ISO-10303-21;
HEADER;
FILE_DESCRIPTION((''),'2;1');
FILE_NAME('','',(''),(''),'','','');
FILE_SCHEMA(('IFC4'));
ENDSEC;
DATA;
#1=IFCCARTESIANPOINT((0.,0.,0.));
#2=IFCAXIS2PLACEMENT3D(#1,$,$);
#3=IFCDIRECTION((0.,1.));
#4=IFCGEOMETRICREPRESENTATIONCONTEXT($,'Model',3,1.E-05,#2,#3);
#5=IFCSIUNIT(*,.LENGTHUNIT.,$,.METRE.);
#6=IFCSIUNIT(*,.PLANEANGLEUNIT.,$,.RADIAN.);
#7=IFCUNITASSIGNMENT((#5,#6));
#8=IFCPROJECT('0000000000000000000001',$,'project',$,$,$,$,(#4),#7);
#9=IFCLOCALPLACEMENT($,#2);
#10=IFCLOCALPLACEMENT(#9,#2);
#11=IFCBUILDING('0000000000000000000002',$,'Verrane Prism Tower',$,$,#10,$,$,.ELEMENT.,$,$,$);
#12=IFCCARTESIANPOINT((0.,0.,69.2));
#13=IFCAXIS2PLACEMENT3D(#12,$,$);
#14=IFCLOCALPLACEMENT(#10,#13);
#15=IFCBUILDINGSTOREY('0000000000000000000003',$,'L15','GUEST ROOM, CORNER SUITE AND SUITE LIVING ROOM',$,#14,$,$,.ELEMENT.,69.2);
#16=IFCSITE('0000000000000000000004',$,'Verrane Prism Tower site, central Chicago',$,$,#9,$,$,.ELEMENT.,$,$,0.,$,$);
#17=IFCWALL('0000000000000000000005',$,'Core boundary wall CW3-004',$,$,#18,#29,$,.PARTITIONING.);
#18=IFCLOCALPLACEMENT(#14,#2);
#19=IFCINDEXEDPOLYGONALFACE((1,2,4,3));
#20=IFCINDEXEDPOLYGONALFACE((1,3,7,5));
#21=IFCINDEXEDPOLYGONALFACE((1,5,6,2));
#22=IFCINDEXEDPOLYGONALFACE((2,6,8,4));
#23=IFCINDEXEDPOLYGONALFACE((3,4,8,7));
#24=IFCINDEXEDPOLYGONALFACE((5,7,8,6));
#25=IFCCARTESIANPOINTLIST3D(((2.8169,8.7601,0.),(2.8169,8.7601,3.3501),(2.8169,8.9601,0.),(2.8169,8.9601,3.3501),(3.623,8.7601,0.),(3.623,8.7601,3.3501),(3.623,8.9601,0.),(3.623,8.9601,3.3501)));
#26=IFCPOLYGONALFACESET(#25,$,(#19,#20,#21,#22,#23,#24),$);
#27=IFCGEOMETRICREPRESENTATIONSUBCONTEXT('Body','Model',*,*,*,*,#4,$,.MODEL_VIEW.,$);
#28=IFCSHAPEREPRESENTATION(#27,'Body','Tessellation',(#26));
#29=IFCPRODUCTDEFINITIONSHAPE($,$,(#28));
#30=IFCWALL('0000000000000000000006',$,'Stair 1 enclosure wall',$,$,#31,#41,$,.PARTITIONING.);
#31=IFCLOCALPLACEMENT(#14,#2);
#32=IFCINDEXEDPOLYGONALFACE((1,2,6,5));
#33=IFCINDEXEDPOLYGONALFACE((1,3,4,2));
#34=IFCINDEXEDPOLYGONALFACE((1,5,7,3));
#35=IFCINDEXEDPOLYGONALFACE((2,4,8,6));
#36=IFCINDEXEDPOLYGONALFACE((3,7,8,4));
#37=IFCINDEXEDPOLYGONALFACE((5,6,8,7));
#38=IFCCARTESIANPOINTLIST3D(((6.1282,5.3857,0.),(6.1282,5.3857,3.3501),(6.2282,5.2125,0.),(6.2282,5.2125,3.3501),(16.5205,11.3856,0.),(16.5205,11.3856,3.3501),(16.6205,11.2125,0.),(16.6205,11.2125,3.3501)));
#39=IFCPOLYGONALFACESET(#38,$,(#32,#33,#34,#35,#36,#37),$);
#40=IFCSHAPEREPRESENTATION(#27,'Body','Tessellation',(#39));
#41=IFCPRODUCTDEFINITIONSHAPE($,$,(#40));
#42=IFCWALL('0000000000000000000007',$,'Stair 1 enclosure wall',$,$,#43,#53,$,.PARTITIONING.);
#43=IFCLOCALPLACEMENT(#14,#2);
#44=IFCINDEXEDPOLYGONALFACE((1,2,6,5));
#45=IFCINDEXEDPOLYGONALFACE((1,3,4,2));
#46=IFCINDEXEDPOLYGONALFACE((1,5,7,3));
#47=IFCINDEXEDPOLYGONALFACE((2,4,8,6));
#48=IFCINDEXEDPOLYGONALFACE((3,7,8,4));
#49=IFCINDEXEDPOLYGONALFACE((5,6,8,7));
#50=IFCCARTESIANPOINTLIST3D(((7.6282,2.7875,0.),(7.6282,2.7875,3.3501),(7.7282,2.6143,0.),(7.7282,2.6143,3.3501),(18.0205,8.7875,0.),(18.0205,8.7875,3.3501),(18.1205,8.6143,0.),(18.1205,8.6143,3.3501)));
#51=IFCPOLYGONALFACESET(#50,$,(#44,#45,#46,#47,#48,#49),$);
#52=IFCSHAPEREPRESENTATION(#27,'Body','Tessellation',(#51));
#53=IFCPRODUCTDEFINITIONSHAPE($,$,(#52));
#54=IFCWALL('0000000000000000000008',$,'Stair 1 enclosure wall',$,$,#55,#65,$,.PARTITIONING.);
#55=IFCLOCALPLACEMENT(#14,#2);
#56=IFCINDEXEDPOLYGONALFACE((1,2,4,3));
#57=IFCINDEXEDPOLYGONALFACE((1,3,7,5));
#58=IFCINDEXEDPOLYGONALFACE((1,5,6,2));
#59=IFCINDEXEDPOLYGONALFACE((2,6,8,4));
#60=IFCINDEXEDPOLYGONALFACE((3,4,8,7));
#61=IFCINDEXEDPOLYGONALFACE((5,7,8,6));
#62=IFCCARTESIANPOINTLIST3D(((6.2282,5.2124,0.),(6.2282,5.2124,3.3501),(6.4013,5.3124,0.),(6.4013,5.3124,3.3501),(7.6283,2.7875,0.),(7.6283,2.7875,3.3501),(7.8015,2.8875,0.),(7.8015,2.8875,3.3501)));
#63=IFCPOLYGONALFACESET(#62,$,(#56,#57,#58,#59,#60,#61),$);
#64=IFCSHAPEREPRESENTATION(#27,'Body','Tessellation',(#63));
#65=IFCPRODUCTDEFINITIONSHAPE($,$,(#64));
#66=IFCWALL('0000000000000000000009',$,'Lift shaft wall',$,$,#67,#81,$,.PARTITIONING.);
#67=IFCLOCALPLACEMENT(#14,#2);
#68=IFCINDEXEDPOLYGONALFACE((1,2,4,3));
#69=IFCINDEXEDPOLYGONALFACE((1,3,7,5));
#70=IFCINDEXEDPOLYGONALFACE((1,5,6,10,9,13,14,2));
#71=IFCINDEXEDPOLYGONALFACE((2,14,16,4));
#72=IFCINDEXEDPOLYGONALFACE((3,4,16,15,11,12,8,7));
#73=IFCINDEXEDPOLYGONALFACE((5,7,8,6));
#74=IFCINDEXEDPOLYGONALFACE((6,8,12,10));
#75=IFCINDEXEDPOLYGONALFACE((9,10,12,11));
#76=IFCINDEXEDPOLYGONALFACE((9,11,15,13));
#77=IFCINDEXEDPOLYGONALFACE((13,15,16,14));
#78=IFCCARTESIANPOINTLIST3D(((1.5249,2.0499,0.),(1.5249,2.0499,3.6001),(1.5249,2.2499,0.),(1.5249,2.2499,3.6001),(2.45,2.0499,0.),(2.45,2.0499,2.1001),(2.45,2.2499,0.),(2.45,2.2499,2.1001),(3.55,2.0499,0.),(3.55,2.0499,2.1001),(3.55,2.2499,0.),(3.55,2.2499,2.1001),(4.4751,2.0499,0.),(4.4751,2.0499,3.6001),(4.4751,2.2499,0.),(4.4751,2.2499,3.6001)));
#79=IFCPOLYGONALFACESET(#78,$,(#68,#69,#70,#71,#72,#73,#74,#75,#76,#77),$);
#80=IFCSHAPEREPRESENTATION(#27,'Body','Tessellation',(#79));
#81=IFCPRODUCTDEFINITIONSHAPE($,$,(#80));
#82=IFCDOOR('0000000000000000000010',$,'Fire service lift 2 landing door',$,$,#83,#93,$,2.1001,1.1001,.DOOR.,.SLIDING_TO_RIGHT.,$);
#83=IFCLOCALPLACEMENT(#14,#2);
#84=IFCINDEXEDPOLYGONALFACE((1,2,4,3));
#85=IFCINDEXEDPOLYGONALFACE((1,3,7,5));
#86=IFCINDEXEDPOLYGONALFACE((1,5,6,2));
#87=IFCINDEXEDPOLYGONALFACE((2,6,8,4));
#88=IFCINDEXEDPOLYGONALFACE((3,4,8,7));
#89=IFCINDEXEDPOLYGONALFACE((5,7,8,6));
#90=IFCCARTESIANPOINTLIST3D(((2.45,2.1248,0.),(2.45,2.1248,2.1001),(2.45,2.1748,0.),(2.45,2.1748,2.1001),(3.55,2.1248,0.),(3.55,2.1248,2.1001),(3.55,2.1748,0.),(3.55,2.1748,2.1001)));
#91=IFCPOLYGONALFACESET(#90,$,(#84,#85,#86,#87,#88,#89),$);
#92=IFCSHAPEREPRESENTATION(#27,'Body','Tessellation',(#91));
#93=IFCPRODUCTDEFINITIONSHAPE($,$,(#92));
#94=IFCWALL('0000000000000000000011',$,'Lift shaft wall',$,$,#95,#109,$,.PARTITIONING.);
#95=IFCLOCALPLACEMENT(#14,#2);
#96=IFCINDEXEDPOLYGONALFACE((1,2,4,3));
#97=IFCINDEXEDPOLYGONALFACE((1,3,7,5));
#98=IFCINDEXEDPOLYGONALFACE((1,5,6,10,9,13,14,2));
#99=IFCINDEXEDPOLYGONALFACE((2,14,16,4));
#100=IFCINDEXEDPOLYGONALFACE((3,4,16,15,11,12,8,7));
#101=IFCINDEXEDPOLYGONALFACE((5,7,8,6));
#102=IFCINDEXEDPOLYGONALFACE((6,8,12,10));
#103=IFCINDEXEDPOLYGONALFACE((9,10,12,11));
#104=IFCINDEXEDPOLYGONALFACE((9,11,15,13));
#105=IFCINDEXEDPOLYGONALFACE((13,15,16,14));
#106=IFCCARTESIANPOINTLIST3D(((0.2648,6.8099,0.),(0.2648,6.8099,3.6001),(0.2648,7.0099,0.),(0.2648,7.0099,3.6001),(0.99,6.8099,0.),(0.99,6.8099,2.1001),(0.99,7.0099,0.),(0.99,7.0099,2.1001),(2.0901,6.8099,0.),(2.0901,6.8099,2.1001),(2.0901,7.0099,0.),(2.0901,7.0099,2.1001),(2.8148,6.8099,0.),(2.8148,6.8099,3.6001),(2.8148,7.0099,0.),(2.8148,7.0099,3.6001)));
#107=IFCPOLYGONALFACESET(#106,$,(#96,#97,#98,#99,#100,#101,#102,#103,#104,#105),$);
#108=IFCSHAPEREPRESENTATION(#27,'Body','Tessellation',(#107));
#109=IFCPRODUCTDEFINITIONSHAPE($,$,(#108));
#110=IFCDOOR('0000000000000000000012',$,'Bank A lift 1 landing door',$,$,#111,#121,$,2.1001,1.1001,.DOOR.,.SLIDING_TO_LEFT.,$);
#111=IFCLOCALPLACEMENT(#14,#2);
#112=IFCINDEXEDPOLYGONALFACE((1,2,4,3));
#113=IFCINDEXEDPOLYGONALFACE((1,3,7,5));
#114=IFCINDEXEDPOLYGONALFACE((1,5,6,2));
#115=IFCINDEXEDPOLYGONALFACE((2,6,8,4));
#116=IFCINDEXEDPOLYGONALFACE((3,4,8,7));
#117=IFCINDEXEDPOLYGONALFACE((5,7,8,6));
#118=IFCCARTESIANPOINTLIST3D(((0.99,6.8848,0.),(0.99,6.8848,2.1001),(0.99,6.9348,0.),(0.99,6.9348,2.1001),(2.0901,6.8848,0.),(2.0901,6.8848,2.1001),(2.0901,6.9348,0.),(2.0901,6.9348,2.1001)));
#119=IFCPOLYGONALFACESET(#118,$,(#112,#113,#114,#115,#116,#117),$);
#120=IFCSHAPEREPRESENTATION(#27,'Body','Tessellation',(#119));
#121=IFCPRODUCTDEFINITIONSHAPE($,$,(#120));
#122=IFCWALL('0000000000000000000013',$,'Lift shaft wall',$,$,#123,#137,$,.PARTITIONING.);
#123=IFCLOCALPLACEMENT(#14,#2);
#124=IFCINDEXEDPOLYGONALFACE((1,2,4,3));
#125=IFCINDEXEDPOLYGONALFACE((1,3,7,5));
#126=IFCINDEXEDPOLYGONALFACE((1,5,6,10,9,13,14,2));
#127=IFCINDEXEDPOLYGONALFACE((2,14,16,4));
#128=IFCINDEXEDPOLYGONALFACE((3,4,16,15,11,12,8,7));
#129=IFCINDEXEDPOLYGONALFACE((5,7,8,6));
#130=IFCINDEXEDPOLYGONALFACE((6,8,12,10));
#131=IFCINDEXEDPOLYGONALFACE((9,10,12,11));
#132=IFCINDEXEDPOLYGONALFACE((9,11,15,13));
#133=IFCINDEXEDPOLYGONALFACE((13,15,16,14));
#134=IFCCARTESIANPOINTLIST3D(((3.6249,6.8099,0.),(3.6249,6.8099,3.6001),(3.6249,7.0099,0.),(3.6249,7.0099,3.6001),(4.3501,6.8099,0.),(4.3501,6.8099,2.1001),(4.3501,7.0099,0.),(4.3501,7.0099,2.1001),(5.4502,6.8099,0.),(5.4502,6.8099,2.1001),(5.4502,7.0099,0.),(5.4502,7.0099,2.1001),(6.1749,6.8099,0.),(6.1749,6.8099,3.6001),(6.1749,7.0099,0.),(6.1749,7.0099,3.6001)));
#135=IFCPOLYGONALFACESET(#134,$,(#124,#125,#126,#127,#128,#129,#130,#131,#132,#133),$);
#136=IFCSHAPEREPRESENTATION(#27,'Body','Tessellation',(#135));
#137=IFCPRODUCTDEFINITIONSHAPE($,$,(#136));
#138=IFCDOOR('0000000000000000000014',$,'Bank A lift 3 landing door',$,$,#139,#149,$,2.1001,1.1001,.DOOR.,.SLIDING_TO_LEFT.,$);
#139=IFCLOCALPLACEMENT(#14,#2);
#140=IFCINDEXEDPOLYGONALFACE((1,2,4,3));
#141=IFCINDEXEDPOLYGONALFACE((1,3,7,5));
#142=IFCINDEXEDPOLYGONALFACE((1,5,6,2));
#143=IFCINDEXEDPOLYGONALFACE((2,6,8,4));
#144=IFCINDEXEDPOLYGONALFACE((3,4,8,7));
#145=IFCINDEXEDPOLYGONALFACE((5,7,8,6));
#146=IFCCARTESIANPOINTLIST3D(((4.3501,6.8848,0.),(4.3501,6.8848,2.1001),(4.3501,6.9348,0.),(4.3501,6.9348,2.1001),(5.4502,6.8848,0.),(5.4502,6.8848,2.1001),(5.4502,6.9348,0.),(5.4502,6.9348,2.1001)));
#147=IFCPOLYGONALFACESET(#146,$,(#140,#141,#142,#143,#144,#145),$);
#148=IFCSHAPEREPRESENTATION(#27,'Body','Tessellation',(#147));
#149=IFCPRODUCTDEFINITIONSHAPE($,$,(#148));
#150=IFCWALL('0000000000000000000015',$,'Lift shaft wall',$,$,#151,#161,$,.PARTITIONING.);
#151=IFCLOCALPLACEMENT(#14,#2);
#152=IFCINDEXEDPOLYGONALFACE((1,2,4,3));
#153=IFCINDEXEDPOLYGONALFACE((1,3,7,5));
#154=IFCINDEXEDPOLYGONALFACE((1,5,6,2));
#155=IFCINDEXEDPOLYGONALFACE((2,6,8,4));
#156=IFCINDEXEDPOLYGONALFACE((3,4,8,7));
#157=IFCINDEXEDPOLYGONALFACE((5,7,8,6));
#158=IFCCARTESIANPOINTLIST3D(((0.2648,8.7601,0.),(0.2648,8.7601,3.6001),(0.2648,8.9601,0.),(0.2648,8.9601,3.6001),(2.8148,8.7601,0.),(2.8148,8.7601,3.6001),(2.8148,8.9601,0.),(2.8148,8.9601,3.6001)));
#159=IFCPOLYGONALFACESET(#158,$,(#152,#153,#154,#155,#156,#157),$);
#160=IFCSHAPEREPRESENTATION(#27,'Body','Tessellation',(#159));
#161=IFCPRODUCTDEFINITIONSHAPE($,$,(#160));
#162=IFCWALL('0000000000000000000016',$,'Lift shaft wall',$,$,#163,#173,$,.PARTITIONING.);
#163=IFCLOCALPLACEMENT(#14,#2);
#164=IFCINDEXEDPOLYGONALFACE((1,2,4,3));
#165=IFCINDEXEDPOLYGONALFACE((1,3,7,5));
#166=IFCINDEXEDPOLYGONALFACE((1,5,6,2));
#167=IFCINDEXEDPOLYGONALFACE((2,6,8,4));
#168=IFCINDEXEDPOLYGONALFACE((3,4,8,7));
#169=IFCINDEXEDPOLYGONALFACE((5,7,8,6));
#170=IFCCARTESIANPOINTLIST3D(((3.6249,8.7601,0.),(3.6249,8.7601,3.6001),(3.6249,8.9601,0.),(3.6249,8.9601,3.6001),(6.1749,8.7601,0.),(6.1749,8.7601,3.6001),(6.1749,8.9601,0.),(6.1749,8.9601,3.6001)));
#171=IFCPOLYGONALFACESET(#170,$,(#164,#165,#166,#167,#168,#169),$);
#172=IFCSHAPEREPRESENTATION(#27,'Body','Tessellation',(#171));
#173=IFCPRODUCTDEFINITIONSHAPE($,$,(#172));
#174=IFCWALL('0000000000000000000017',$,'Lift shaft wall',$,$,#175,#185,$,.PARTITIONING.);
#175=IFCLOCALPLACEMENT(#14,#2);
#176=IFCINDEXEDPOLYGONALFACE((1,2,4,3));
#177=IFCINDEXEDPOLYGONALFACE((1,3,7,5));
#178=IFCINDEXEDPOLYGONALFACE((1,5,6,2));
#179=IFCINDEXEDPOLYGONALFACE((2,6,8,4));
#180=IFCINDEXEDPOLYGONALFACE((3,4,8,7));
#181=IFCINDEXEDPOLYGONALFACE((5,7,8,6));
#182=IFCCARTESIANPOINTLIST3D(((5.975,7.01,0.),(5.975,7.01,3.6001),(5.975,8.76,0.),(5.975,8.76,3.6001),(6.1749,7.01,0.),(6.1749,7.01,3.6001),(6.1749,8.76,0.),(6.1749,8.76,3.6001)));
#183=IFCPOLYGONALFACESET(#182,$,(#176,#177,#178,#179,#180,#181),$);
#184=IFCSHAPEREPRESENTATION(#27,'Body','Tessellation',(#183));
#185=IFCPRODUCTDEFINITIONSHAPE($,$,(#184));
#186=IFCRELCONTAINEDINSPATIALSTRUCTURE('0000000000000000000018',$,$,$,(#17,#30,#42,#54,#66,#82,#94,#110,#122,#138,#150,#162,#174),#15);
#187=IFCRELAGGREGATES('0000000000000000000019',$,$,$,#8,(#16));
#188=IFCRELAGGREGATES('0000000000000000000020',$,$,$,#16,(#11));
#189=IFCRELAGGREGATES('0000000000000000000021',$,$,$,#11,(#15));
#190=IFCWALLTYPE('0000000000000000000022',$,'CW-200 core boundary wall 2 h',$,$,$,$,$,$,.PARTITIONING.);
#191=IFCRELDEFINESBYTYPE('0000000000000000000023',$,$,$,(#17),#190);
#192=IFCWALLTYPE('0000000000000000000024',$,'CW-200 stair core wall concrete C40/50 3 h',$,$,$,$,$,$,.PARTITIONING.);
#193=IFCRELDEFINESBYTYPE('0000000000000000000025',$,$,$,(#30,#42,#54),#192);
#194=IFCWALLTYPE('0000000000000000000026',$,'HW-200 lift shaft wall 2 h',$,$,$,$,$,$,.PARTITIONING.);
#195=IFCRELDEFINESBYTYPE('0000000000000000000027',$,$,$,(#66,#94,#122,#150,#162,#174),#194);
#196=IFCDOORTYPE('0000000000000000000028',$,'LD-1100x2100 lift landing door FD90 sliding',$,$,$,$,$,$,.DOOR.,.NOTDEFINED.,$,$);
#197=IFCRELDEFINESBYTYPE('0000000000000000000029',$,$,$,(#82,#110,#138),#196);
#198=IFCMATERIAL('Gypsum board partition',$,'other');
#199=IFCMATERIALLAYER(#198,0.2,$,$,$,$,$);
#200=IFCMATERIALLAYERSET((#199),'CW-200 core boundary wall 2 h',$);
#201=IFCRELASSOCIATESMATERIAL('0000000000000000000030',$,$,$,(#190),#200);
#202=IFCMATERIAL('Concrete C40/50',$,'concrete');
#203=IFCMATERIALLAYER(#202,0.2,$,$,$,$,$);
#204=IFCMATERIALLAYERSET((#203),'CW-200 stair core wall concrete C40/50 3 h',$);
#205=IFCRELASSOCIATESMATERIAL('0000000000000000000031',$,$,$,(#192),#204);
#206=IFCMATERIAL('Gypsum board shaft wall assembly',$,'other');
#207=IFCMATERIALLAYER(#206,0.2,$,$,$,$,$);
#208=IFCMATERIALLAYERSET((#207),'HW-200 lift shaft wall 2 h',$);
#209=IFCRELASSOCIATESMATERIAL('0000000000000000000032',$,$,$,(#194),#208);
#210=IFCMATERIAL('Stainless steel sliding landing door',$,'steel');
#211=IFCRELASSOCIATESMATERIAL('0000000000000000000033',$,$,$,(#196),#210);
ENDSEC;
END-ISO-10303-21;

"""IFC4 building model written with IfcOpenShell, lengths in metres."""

from ifc_helpers import new_model, si_unit, direction, frame, frame_2d, origin, place, context, subcontext, project, spatial, rectangle, extrude, material, layer, layer_set, type_object, element, fill, save


model = new_model("IFC4")

# Units and contexts
model_context = context("Model", 3, precision=1e-05, world=origin(), true_north=direction((0.0, 1.0)))
body_context = subcontext(model_context, "Body", "Model", "MODEL_VIEW")
ifc_project = project(units=[si_unit("LENGTHUNIT", "METRE"), si_unit("PLANEANGLEUNIT", "RADIAN")], contexts=[model_context])

# Site, building, storey
site_placement = place(None, origin())
site = spatial("IfcSite", under=ifc_project, at=site_placement, Name="Verrane Prism Tower site, central Chicago", CompositionType="ELEMENT", RefElevation=0.0)
building_placement = place(site_placement, origin())
building = spatial("IfcBuilding", under=site, at=building_placement, Name="Verrane Prism Tower", CompositionType="ELEMENT")
storey_placement = place(building_placement, frame((0.0, 0.0, 69.2)))
storey = spatial("IfcBuildingStorey", under=building, at=storey_placement, Name="L15", Description="GUEST ROOM, CORNER SUITE AND SUITE LIVING ROOM", CompositionType="ELEMENT", Elevation=69.2)

# Shared definitions
ifc_material_1 = material(Name="Gypsum board partition", Category="other")
ifc_layer_1 = layer(ifc_material_1, 0.2)
ifc_layer_set_1 = layer_set([ifc_layer_1], Name="CW-200 core boundary wall 2 h")
wall_type_1 = type_object("IfcWallType", Name="CW-200 core boundary wall 2 h", PredefinedType="PARTITIONING", material=ifc_layer_set_1)

# Walls
wall_1_placement = place(storey_placement, frame((2.8169, 8.8601, 0.0), z_axis=(0.0, 0.0, 1.0), x_axis=(1.0, 0.0, 0.0)))
element("IfcWall", 1, at=wall_1_placement, inside=storey, type_object=wall_type_1, Name="Core boundary wall CW3-004", PredefinedType="PARTITIONING", context=body_context, shape_type="SweptSolid", body=[
    extrude(rectangle(XDim=0.8062, YDim=0.2, at=frame_2d((0.4031, 0.0))), origin(), (0.0, 0.0, 1.0), 3.3501),
])
ifc_material_2 = material(Name="Concrete C40/50", Category="concrete")
ifc_layer_2 = layer(ifc_material_2, 0.2)
ifc_layer_set_2 = layer_set([ifc_layer_2], Name="CW-200 stair core wall concrete C40/50 3 h")
wall_type_2 = type_object("IfcWallType", Name="CW-200 stair core wall concrete C40/50 3 h", PredefinedType="PARTITIONING", material=ifc_layer_set_2)
for number, where, z_axis, x_axis, name in (
    (2, (6.1782, 5.2991, 0.0), (0.0, 0.0, 1.0), (0.866026, 0.499999, 0.0), "Stair 1 enclosure wall"),
    (3, (7.6782, 2.7009, 0.0), (0.0, 0.0, 1.0), (0.866026, 0.499999, 0.0), "Stair 1 enclosure wall"),
):
    element("IfcWall", number, at=place(storey_placement, frame(where, z_axis=z_axis, x_axis=x_axis)), inside=storey, type_object=wall_type_2, Name=name, PredefinedType="PARTITIONING", context=body_context, shape_type="SweptSolid", body=[
        extrude(rectangle(XDim=12.0, YDim=0.2, at=frame_2d((6.0, 0.0))), origin(), (0.0, 0.0, 1.0), 3.3501),
    ])
wall_2_placement = place(storey_placement, frame((7.7148, 2.8376, 0.0), z_axis=(0.0, 0.0, 1.0), x_axis=(-0.50005, 0.865997, 0.0)))
element("IfcWall", 4, at=wall_2_placement, inside=storey, type_object=wall_type_2, Name="Stair 1 enclosure wall", PredefinedType="PARTITIONING", context=body_context, shape_type="SweptSolid", body=[
    extrude(rectangle(XDim=2.8, YDim=0.2, at=frame_2d((1.3999, 0.0))), origin(), (0.0, 0.0, 1.0), 3.3501),
])

# Walls, openings, doors
ifc_material_3 = material(Name="Gypsum board shaft wall assembly", Category="other")
ifc_layer_3 = layer(ifc_material_3, 0.2)
ifc_layer_set_3 = layer_set([ifc_layer_3], Name="HW-200 lift shaft wall 2 h")
wall_type_3 = type_object("IfcWallType", Name="HW-200 lift shaft wall 2 h", PredefinedType="PARTITIONING", material=ifc_layer_set_3)
wall_3_placement = place(storey_placement, frame((1.5249, 2.1499, 0.0), z_axis=(0.0, 0.0, 1.0), x_axis=(1.0, 0.0, 0.0)))
wall_3 = element("IfcWall", 5, at=wall_3_placement, inside=storey, type_object=wall_type_3, Name="Lift shaft wall", PredefinedType="PARTITIONING", context=body_context, shape_type="SweptSolid", body=[
    extrude(rectangle(XDim=2.9502, YDim=0.2, at=frame_2d((1.4751, 0.0))), origin(), (0.0, 0.0, 1.0), 3.6001),
])
opening_1_placement = place(wall_3_placement, frame((0.925, 0.0, 0.0)))
opening_1 = element("IfcOpeningElement", 6, at=opening_1_placement, cuts=wall_3, PredefinedType="OPENING", context=body_context, shape_type="SweptSolid", body=[
    extrude(rectangle(XDim=1.1001, YDim=2.1001, at=frame_2d((0.55, 1.05))), frame((0.0, 0.1099, 0.0), z_axis=(0.0, -1.0, 0.0), x_axis=(1.0, 0.0, 0.0)), (0.0, 0.0, 1.0), 0.22),
])
ifc_material_4 = material(Name="Stainless steel sliding landing door", Category="steel")
door_type_1 = type_object("IfcDoorType", Name="LD-1100x2100 lift landing door FD90 sliding", OperationType="NOTDEFINED", PredefinedType="DOOR", material=ifc_material_4)
door_1_placement = place(opening_1_placement, origin())
door_1 = element("IfcDoor", 7, at=door_1_placement, inside=storey, type_object=door_type_1, Name="Fire service lift 2 landing door", OperationType="SLIDING_TO_RIGHT", OverallHeight=2.1001, OverallWidth=1.1001, PredefinedType="DOOR", context=body_context, shape_type="SweptSolid", body=[
    extrude(rectangle(XDim=1.1001, YDim=2.1001, at=frame_2d((0.55, 1.05))), frame((0.0, 0.0249, 0.0), z_axis=(0.0, -1.0, 0.0), x_axis=(1.0, 0.0, 0.0)), (0.0, 0.0, 1.0), 0.05),
])
fill(opening_1, door_1)
wall_4_placement = place(storey_placement, frame((0.2649, 6.9099, 0.0), z_axis=(0.0, 0.0, 1.0), x_axis=(1.0, 0.0, 0.0)))
wall_4 = element("IfcWall", 8, at=wall_4_placement, inside=storey, type_object=wall_type_3, Name="Lift shaft wall", PredefinedType="PARTITIONING", context=body_context, shape_type="SweptSolid", body=[
    extrude(rectangle(XDim=2.55, YDim=0.2, at=frame_2d((1.2749, 0.0))), origin(), (0.0, 0.0, 1.0), 3.6001),
])
opening_2_placement = place(wall_4_placement, frame((0.7251, 0.0, 0.0)))
opening_2 = element("IfcOpeningElement", 9, at=opening_2_placement, cuts=wall_4, PredefinedType="OPENING", context=body_context, shape_type="SweptSolid", body=[
    extrude(rectangle(XDim=1.1001, YDim=2.1001, at=frame_2d((0.55, 1.05))), frame((0.0, 0.1099, 0.0), z_axis=(0.0, -1.0, 0.0), x_axis=(1.0, 0.0, 0.0)), (0.0, 0.0, 1.0), 0.22),
])
door_2_placement = place(opening_2_placement, origin())
door_2 = element("IfcDoor", 10, at=door_2_placement, inside=storey, type_object=door_type_1, Name="Bank A lift 1 landing door", OperationType="SLIDING_TO_LEFT", OverallHeight=2.1001, OverallWidth=1.1001, PredefinedType="DOOR", context=body_context, shape_type="SweptSolid", body=[
    extrude(rectangle(XDim=1.1001, YDim=2.1001, at=frame_2d((0.55, 1.05))), frame((0.0, 0.0249, 0.0), z_axis=(0.0, -1.0, 0.0), x_axis=(1.0, 0.0, 0.0)), (0.0, 0.0, 1.0), 0.05),
])
fill(opening_2, door_2)
wall_5_placement = place(storey_placement, frame((3.625, 6.9099, 0.0), z_axis=(0.0, 0.0, 1.0), x_axis=(1.0, 0.0, 0.0)))
wall_5 = element("IfcWall", 11, at=wall_5_placement, inside=storey, type_object=wall_type_3, Name="Lift shaft wall", PredefinedType="PARTITIONING", context=body_context, shape_type="SweptSolid", body=[
    extrude(rectangle(XDim=2.55, YDim=0.2, at=frame_2d((1.2749, 0.0))), origin(), (0.0, 0.0, 1.0), 3.6001),
])
opening_3_placement = place(wall_5_placement, frame((0.7251, 0.0, 0.0)))
opening_3 = element("IfcOpeningElement", 12, at=opening_3_placement, cuts=wall_5, PredefinedType="OPENING", context=body_context, shape_type="SweptSolid", body=[
    extrude(rectangle(XDim=1.1001, YDim=2.1001, at=frame_2d((0.55, 1.05))), frame((0.0, 0.1099, 0.0), z_axis=(0.0, -1.0, 0.0), x_axis=(1.0, 0.0, 0.0)), (0.0, 0.0, 1.0), 0.22),
])
door_3_placement = place(opening_3_placement, origin())
door_3 = element("IfcDoor", 13, at=door_3_placement, inside=storey, type_object=door_type_1, Name="Bank A lift 3 landing door", OperationType="SLIDING_TO_LEFT", OverallHeight=2.1001, OverallWidth=1.1001, PredefinedType="DOOR", context=body_context, shape_type="SweptSolid", body=[
    extrude(rectangle(XDim=1.1001, YDim=2.1001, at=frame_2d((0.55, 1.05))), frame((0.0, 0.0249, 0.0), z_axis=(0.0, -1.0, 0.0), x_axis=(1.0, 0.0, 0.0)), (0.0, 0.0, 1.0), 0.05),
])
fill(opening_3, door_3)

# Walls
for number, where, z_axis, x_axis, name in (
    (14, (0.2649, 8.8601, 0.0), (0.0, 0.0, 1.0), (1.0, 0.0, 0.0), "Lift shaft wall"),
    (15, (3.625, 8.8601, 0.0), (0.0, 0.0, 1.0), (1.0, 0.0, 0.0), "Lift shaft wall"),
):
    element("IfcWall", number, at=place(storey_placement, frame(where, z_axis=z_axis, x_axis=x_axis)), inside=storey, type_object=wall_type_3, Name=name, PredefinedType="PARTITIONING", context=body_context, shape_type="SweptSolid", body=[
        extrude(rectangle(XDim=2.55, YDim=0.2, at=frame_2d((1.2749, 0.0))), origin(), (0.0, 0.0, 1.0), 3.6001),
    ])
wall_6_placement = place(storey_placement, frame((6.075, 7.01, 0.0), z_axis=(0.0, 0.0, 1.0), x_axis=(0.0, 1.0, 0.0)))
element("IfcWall", 16, at=wall_6_placement, inside=storey, type_object=wall_type_3, Name="Lift shaft wall", PredefinedType="PARTITIONING", context=body_context, shape_type="SweptSolid", body=[
    extrude(rectangle(XDim=1.75, YDim=0.2, at=frame_2d((0.875, 0.0))), origin(), (0.0, 0.0, 1.0), 3.6001),
])

save(model, "model.ifc")
